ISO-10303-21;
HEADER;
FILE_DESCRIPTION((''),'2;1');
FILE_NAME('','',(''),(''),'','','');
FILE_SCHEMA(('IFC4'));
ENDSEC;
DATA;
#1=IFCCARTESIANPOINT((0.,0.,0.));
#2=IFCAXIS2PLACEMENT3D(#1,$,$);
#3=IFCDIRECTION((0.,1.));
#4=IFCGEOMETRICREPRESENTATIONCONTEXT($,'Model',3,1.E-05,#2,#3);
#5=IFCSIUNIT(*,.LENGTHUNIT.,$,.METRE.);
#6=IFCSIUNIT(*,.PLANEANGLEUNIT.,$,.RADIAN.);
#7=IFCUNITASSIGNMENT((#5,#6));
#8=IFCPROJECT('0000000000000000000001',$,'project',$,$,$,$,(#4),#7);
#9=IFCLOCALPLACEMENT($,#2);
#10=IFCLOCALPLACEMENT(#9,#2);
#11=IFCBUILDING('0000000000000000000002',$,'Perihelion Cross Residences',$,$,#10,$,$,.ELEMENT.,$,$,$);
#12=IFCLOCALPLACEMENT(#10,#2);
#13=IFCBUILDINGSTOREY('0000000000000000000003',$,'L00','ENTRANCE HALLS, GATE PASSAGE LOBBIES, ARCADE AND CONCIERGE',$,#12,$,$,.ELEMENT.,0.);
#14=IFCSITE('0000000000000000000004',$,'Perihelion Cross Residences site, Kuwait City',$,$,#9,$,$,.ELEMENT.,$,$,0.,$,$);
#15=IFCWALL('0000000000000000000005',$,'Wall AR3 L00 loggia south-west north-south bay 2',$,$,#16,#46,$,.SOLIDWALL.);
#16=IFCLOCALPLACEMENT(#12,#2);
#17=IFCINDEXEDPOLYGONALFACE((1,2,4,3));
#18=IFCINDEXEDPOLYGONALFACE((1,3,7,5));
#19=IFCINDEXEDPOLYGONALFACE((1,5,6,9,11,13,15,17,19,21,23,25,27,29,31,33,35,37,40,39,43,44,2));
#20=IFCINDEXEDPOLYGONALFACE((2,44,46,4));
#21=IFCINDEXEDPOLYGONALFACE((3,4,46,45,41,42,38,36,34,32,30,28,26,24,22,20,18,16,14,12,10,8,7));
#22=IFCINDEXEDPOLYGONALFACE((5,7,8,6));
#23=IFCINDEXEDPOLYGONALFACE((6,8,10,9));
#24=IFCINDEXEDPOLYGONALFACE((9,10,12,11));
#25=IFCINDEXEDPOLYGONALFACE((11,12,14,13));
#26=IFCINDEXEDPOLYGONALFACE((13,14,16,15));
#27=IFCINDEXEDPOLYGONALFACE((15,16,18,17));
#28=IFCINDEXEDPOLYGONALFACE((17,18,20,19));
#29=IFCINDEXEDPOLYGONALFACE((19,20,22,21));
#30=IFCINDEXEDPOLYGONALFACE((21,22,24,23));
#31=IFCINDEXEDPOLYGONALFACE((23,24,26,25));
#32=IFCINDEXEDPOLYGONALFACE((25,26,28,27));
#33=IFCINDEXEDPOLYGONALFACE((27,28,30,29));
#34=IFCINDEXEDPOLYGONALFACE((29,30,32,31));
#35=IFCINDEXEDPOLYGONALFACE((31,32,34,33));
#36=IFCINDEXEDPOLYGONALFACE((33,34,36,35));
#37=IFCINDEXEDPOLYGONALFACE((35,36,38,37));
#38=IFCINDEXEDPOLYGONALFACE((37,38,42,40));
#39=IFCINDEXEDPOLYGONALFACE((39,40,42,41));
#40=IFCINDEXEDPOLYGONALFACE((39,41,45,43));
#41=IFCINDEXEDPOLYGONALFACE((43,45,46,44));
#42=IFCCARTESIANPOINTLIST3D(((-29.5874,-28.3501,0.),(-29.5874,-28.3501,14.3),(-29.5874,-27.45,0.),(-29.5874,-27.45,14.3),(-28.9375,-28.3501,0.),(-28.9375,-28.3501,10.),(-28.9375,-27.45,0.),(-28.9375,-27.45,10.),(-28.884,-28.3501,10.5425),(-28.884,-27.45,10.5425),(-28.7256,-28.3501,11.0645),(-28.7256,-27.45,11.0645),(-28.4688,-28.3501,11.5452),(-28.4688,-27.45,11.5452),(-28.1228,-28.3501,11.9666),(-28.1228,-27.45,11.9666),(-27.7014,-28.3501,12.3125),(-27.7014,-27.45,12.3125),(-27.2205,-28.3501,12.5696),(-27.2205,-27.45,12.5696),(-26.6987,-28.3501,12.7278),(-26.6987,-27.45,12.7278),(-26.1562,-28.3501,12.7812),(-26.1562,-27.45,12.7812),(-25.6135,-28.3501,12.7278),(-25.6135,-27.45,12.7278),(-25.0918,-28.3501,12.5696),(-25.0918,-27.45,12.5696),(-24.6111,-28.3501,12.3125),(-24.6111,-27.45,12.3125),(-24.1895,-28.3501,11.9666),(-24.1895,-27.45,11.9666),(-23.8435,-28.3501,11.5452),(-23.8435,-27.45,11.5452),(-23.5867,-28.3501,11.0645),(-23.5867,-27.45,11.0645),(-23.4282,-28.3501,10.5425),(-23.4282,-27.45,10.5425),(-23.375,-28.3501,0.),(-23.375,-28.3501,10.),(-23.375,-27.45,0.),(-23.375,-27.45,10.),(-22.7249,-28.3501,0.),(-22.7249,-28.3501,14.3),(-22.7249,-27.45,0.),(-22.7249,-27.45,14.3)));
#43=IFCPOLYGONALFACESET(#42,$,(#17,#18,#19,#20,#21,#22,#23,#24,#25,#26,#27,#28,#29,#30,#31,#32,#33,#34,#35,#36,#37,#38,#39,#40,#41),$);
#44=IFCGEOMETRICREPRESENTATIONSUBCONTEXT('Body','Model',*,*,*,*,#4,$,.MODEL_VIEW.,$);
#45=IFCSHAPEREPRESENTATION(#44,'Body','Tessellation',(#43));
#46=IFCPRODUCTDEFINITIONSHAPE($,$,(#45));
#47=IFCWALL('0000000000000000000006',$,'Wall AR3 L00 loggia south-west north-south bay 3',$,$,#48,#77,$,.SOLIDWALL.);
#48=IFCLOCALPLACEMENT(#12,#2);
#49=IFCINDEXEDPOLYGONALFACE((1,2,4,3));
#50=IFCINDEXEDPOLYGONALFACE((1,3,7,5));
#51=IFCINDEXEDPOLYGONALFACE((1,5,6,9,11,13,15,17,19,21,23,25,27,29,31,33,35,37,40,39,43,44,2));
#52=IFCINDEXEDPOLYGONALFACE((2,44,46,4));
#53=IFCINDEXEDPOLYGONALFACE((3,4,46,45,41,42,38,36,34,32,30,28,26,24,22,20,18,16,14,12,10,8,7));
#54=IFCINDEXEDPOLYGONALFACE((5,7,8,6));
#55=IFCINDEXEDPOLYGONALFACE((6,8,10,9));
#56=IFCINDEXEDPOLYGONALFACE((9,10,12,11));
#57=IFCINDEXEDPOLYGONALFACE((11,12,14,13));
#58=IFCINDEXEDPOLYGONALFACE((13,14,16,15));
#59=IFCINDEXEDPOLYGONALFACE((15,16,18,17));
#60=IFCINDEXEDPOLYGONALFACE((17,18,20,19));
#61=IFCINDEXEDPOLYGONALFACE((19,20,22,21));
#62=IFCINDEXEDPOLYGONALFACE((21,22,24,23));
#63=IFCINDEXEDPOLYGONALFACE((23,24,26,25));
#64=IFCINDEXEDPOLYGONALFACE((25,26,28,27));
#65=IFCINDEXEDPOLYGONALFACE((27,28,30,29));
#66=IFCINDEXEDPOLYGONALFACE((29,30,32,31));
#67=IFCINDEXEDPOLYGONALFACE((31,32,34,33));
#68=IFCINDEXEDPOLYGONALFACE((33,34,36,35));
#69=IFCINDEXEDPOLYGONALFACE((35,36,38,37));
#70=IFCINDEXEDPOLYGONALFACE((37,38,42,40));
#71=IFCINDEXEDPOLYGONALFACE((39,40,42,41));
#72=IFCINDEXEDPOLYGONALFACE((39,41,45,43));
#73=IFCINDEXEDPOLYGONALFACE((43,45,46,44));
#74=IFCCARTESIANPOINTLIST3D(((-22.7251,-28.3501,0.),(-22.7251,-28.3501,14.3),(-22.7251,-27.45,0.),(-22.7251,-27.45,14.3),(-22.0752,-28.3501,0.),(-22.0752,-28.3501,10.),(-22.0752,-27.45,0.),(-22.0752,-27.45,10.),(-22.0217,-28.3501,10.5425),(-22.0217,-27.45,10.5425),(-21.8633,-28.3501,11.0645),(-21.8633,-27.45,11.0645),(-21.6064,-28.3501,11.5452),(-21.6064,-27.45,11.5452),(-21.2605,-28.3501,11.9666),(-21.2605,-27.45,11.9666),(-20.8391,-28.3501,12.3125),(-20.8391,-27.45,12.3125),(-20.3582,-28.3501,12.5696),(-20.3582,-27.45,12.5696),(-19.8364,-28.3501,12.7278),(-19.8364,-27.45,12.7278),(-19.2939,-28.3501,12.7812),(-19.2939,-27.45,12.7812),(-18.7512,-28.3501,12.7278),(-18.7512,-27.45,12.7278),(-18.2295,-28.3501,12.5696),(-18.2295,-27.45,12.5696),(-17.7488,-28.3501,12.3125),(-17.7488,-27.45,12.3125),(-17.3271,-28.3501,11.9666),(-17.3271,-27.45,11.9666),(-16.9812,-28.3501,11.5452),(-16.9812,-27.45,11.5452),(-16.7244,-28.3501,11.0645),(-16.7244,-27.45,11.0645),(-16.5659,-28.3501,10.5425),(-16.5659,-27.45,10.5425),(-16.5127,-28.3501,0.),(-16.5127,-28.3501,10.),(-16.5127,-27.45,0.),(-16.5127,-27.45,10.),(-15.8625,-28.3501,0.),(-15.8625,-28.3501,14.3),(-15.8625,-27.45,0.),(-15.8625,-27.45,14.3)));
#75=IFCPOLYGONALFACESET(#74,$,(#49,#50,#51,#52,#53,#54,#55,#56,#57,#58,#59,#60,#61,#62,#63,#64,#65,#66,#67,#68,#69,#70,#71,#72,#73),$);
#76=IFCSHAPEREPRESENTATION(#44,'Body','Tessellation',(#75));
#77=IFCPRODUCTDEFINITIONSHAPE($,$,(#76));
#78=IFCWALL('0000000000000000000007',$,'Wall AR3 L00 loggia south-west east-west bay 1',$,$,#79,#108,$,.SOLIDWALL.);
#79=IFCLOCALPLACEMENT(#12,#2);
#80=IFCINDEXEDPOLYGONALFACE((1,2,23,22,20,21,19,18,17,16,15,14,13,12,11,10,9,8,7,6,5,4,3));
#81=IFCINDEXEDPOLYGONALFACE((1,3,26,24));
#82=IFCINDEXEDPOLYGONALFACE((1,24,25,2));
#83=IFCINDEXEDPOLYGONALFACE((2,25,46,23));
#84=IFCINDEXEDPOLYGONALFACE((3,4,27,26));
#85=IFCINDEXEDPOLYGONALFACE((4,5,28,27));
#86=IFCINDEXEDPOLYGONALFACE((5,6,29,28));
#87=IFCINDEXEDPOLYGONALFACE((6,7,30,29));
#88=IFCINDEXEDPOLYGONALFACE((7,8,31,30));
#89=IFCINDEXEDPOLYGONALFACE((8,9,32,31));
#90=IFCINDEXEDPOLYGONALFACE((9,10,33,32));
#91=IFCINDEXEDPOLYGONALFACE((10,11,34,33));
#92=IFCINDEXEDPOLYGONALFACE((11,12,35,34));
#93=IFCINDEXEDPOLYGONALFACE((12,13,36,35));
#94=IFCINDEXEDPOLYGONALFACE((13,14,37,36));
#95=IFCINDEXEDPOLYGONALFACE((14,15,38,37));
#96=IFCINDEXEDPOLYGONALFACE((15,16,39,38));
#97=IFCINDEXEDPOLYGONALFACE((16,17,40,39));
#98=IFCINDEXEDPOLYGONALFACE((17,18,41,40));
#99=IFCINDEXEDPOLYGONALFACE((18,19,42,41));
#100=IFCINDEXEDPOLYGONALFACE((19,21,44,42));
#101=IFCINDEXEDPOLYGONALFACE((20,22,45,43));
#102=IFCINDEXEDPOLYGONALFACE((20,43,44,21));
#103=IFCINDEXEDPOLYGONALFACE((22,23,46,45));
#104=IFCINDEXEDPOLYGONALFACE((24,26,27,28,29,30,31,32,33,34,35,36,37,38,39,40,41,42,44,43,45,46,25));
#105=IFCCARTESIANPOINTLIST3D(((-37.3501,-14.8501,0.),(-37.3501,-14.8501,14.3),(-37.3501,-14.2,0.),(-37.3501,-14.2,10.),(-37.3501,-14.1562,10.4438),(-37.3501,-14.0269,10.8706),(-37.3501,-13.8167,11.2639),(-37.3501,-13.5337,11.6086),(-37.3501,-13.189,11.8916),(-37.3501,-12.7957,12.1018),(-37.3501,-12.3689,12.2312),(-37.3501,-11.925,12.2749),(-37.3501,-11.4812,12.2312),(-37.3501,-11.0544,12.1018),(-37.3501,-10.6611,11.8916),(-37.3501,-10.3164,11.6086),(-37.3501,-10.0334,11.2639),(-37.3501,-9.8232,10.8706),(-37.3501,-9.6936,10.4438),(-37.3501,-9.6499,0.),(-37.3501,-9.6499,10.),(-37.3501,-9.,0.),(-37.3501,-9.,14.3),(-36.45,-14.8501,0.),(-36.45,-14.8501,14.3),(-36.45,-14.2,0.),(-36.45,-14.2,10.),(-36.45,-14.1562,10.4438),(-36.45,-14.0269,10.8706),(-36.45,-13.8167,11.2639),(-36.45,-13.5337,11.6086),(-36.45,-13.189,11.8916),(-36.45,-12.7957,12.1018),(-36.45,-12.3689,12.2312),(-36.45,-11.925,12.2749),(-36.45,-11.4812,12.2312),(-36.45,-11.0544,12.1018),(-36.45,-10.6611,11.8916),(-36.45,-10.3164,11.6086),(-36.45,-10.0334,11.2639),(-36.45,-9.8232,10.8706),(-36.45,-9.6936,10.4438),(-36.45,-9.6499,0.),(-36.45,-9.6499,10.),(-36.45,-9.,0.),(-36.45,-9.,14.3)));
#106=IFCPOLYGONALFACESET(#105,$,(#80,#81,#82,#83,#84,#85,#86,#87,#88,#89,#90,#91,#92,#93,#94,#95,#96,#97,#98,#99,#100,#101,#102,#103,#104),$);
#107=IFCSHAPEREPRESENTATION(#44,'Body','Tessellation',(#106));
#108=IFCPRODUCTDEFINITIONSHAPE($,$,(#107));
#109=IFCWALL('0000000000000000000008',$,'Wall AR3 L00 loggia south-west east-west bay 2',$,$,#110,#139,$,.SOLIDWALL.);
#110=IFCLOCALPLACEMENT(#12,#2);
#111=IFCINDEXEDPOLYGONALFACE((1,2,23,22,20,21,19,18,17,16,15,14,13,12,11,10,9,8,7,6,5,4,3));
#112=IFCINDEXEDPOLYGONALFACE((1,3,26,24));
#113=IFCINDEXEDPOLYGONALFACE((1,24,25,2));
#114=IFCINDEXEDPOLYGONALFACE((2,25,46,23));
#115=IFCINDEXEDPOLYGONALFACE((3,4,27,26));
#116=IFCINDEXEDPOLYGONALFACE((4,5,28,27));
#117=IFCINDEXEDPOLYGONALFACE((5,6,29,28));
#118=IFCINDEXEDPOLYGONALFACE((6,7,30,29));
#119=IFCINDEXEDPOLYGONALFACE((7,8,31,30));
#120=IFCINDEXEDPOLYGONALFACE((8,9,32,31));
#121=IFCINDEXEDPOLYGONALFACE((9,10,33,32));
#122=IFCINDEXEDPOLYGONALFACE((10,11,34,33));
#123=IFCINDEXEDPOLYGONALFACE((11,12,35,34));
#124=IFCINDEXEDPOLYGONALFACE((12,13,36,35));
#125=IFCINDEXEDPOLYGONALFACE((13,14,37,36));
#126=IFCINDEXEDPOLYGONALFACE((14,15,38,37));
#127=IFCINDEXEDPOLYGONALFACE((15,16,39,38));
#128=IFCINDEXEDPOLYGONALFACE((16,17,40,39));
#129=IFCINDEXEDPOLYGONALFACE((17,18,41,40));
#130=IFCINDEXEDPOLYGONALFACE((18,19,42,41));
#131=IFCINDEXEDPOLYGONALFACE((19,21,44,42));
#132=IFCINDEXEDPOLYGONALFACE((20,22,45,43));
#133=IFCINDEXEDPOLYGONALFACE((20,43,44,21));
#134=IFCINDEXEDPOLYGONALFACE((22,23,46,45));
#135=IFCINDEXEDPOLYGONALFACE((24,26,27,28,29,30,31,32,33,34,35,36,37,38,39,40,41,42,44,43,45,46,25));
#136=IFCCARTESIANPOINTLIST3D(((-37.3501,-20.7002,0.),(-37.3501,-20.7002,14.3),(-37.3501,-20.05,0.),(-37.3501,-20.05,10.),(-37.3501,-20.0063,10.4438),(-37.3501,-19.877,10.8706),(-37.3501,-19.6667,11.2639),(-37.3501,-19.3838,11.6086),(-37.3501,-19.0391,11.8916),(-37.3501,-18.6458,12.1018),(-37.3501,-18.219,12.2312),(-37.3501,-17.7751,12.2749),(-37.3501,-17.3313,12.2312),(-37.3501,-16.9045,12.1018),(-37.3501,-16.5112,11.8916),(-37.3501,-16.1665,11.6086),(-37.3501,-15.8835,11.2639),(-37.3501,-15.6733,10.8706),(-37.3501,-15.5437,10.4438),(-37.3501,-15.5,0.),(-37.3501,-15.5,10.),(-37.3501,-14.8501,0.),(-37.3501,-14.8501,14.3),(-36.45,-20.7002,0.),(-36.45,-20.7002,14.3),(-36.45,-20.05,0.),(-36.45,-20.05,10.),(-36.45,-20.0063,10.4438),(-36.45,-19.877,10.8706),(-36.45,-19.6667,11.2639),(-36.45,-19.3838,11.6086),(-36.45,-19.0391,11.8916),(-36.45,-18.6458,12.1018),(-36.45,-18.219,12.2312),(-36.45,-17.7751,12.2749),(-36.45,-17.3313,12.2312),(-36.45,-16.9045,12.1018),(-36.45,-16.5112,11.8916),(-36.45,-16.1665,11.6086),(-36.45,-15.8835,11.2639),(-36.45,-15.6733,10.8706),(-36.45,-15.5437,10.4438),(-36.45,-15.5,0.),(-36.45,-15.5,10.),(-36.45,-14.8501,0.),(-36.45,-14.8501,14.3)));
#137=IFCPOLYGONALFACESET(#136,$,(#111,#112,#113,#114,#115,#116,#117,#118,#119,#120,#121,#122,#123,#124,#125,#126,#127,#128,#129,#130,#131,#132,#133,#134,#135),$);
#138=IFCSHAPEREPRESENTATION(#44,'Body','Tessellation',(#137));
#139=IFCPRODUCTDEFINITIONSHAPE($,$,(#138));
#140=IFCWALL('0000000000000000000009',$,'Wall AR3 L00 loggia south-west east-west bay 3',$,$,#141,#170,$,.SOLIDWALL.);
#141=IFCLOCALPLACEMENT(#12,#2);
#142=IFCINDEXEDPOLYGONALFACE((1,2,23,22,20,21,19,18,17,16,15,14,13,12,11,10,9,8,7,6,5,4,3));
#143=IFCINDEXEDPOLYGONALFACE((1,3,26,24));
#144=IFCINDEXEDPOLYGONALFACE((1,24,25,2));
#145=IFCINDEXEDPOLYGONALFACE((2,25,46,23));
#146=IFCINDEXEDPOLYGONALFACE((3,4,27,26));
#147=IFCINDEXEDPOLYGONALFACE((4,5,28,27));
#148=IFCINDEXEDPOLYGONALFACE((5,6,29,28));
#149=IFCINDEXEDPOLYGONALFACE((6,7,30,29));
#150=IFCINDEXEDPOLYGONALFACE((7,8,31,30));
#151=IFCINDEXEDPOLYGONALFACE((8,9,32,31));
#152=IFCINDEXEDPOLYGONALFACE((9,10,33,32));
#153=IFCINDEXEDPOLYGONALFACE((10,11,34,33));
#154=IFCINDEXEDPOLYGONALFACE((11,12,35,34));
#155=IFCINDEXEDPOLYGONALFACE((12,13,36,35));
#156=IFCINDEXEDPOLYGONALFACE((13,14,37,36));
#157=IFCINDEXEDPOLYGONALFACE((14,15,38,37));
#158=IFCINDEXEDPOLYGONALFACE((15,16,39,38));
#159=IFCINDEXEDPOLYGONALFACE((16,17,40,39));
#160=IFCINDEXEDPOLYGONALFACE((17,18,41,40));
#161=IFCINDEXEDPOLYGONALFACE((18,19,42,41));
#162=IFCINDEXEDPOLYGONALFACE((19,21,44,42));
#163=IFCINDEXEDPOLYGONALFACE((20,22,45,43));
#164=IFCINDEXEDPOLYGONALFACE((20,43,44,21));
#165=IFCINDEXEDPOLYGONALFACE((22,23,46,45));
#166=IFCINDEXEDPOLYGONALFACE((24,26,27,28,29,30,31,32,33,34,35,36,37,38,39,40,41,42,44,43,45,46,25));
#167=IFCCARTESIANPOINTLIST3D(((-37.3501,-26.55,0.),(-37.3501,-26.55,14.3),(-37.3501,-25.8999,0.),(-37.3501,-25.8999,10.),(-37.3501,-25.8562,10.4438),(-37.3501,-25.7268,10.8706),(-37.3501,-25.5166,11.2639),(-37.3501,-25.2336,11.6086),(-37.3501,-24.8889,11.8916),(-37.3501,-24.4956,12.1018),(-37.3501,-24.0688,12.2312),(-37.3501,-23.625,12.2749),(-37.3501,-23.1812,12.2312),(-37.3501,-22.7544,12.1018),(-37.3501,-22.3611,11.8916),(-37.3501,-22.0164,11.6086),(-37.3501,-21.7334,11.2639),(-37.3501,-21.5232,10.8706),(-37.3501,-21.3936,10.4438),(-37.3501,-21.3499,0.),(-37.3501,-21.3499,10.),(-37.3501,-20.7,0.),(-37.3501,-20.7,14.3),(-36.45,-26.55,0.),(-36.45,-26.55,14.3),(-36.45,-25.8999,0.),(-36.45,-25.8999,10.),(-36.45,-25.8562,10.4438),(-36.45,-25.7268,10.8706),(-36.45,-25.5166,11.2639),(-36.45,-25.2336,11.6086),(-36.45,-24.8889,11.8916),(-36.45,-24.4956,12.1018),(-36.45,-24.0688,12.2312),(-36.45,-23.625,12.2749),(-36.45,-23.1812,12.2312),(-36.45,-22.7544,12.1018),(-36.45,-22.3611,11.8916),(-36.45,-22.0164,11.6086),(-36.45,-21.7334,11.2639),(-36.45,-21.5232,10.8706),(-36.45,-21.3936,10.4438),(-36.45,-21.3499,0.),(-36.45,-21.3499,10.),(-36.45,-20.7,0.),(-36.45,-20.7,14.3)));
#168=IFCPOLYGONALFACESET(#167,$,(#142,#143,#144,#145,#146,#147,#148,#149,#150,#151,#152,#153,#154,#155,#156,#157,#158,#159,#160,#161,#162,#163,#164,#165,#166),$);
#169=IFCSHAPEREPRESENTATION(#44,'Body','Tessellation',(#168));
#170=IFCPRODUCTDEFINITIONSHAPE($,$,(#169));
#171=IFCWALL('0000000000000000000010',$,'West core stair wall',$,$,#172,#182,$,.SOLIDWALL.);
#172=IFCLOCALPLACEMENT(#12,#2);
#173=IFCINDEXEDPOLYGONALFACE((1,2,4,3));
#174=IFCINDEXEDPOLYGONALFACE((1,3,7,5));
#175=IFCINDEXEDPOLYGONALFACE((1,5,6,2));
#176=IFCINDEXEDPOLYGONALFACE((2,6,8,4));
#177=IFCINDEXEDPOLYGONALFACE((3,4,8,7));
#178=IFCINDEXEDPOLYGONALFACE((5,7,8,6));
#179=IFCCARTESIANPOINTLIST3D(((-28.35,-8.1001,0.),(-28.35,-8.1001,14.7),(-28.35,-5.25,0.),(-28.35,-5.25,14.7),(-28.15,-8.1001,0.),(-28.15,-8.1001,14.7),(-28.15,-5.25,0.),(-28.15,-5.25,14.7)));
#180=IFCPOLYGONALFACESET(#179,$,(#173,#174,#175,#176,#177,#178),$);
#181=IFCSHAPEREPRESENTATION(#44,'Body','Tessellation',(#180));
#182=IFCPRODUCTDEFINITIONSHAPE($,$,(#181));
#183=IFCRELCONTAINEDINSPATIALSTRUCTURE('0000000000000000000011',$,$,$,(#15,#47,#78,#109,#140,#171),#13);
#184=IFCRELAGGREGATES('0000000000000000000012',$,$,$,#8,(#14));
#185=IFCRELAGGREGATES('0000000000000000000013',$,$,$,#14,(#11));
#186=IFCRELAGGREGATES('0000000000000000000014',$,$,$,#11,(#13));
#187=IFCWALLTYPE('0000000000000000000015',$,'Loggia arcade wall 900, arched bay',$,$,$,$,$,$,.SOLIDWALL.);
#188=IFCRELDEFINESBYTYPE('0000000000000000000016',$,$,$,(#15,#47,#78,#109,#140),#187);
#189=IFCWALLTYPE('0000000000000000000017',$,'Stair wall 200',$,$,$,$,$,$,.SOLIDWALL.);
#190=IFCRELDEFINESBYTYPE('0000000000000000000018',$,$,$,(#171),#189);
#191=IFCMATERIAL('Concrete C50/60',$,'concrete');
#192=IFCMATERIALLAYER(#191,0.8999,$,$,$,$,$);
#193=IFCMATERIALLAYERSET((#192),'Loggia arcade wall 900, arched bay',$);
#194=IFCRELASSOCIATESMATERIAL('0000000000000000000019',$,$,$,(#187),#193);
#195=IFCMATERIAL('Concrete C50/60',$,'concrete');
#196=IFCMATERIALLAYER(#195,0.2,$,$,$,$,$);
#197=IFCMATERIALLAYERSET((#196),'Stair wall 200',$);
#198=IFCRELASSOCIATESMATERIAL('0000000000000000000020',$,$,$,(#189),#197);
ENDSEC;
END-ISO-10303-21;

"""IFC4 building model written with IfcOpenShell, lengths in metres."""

from ifc_helpers import new_model, si_unit, direction, frame, frame_2d, origin, place, context, subcontext, project, spatial, polyline, rectangle, outline, extrude, material, layer, layer_set, type_object, element, save


model = new_model("IFC4")

# Units and contexts
model_context = context("Model", 3, precision=1e-05, world=origin(), true_north=direction((0.0, 1.0)))
body_context = subcontext(model_context, "Body", "Model", "MODEL_VIEW")
ifc_project = project(units=[si_unit("LENGTHUNIT", "METRE"), si_unit("PLANEANGLEUNIT", "RADIAN")], contexts=[model_context])

# Site, building, storey
site_placement = place(None, origin())
site = spatial("IfcSite", under=ifc_project, at=site_placement, Name="Perihelion Cross Residences site, Kuwait City", CompositionType="ELEMENT", RefElevation=0.0)
building_placement = place(site_placement, origin())
building = spatial("IfcBuilding", under=site, at=building_placement, Name="Perihelion Cross Residences", CompositionType="ELEMENT")
storey_placement = place(building_placement, origin())
storey = spatial("IfcBuildingStorey", under=building, at=storey_placement, Name="L00", Description="ENTRANCE HALLS, GATE PASSAGE LOBBIES, ARCADE AND CONCIERGE", CompositionType="ELEMENT", Elevation=0.0)

# Walls
ifc_material_1 = material(Name="Concrete C50/60", Category="concrete")
ifc_layer_1 = layer(ifc_material_1, 0.8999)
ifc_layer_set_1 = layer_set([ifc_layer_1], Name="Loggia arcade wall 900, arched bay")
wall_type_1 = type_object("IfcWallType", Name="Loggia arcade wall 900, arched bay", PredefinedType="SOLIDWALL", material=ifc_layer_set_1)
for number, where, z_axis, x_axis, name in (
    (1, (-29.5874, -27.45, 0.0), (0.0, -1.0, 0.0), (1.0, 0.0, 0.0), "Wall AR3 L00 loggia south-west north-south bay 2"),
    (2, (-22.7251, -27.45, 0.0), (0.0, -1.0, 0.0), (1.0, 0.0, 0.0), "Wall AR3 L00 loggia south-west north-south bay 3"),
):
    element("IfcWall", number, at=place(storey_placement, frame(where, z_axis=z_axis, x_axis=x_axis)), inside=storey, type_object=wall_type_1, Name=name, PredefinedType="SOLIDWALL", context=body_context, shape_type="SweptSolid", body=[
        extrude(outline(polyline([(0.0, 0.0), (0.6499, 0.0), (0.6499, 10.0), (0.7034, 10.5425), (0.8618, 11.0645), (1.1187, 11.5452), (1.4646, 11.9666), (1.886, 12.3125), (2.3669, 12.5696), (2.8887, 12.7278), (3.4312, 12.7812), (3.9739, 12.7278), (4.4956, 12.5696), (4.9763, 12.3125), (5.3979, 11.9666), (5.7439, 11.5452), (6.0007, 11.0645), (6.1592, 10.5425), (6.2124, 10.0), (6.2124, 0.0), (6.8625, 0.0), (6.8625, 14.3), (0.0, 14.3), (0.0, 0.0)])), origin(), (0.0, 0.0, 1.0), 0.9001),
    ])
for number, where, z_axis, x_axis, name in (
    (3, (-36.45, -9.0, 0.0), (-1.0, 0.0, 0.0), (0.0, -1.0, 0.0), "Wall AR3 L00 loggia south-west east-west bay 1"),
    (4, (-36.45, -14.8501, 0.0), (-1.0, 0.0, 0.0), (0.0, -1.0, 0.0), "Wall AR3 L00 loggia south-west east-west bay 2"),
    (5, (-36.45, -20.7, 0.0), (-1.0, 0.0, 0.0), (0.0, -1.0, 0.0), "Wall AR3 L00 loggia south-west east-west bay 3"),
):
    element("IfcWall", number, at=place(storey_placement, frame(where, z_axis=z_axis, x_axis=x_axis)), inside=storey, type_object=wall_type_1, Name=name, PredefinedType="SOLIDWALL", context=body_context, shape_type="SweptSolid", body=[
        extrude(outline(polyline([(0.0, 0.0), (0.6499, 0.0), (0.6499, 10.0), (0.6936, 10.4438), (0.8232, 10.8706), (1.0334, 11.2639), (1.3164, 11.6086), (1.6611, 11.8916), (2.0544, 12.1018), (2.4812, 12.2312), (2.925, 12.2749), (3.3689, 12.2312), (3.7957, 12.1018), (4.189, 11.8916), (4.5337, 11.6086), (4.8167, 11.2639), (5.0269, 10.8706), (5.1562, 10.4438), (5.2, 10.0), (5.2, 0.0), (5.8501, 0.0), (5.8501, 14.3), (0.0, 14.3), (0.0, 0.0)])), origin(), (0.0, 0.0, 1.0), 0.9001),
    ])
ifc_material_2 = material(Name="Concrete C50/60", Category="concrete")
ifc_layer_2 = layer(ifc_material_2, 0.2)
ifc_layer_set_2 = layer_set([ifc_layer_2], Name="Stair wall 200")
wall_type_2 = type_object("IfcWallType", Name="Stair wall 200", PredefinedType="SOLIDWALL", material=ifc_layer_set_2)
wall_1_placement = place(storey_placement, frame((-28.25, -8.1001, 0.0), z_axis=(0.0, 0.0, 1.0), x_axis=(0.0, 1.0, 0.0)))
element("IfcWall", 6, at=wall_1_placement, inside=storey, type_object=wall_type_2, Name="West core stair wall", PredefinedType="SOLIDWALL", context=body_context, shape_type="SweptSolid", body=[
    extrude(rectangle(XDim=2.8501, YDim=0.2, at=frame_2d((1.425, 0.0))), origin(), (0.0, 0.0, 1.0), 14.7),
])

save(model, "model.ifc")
